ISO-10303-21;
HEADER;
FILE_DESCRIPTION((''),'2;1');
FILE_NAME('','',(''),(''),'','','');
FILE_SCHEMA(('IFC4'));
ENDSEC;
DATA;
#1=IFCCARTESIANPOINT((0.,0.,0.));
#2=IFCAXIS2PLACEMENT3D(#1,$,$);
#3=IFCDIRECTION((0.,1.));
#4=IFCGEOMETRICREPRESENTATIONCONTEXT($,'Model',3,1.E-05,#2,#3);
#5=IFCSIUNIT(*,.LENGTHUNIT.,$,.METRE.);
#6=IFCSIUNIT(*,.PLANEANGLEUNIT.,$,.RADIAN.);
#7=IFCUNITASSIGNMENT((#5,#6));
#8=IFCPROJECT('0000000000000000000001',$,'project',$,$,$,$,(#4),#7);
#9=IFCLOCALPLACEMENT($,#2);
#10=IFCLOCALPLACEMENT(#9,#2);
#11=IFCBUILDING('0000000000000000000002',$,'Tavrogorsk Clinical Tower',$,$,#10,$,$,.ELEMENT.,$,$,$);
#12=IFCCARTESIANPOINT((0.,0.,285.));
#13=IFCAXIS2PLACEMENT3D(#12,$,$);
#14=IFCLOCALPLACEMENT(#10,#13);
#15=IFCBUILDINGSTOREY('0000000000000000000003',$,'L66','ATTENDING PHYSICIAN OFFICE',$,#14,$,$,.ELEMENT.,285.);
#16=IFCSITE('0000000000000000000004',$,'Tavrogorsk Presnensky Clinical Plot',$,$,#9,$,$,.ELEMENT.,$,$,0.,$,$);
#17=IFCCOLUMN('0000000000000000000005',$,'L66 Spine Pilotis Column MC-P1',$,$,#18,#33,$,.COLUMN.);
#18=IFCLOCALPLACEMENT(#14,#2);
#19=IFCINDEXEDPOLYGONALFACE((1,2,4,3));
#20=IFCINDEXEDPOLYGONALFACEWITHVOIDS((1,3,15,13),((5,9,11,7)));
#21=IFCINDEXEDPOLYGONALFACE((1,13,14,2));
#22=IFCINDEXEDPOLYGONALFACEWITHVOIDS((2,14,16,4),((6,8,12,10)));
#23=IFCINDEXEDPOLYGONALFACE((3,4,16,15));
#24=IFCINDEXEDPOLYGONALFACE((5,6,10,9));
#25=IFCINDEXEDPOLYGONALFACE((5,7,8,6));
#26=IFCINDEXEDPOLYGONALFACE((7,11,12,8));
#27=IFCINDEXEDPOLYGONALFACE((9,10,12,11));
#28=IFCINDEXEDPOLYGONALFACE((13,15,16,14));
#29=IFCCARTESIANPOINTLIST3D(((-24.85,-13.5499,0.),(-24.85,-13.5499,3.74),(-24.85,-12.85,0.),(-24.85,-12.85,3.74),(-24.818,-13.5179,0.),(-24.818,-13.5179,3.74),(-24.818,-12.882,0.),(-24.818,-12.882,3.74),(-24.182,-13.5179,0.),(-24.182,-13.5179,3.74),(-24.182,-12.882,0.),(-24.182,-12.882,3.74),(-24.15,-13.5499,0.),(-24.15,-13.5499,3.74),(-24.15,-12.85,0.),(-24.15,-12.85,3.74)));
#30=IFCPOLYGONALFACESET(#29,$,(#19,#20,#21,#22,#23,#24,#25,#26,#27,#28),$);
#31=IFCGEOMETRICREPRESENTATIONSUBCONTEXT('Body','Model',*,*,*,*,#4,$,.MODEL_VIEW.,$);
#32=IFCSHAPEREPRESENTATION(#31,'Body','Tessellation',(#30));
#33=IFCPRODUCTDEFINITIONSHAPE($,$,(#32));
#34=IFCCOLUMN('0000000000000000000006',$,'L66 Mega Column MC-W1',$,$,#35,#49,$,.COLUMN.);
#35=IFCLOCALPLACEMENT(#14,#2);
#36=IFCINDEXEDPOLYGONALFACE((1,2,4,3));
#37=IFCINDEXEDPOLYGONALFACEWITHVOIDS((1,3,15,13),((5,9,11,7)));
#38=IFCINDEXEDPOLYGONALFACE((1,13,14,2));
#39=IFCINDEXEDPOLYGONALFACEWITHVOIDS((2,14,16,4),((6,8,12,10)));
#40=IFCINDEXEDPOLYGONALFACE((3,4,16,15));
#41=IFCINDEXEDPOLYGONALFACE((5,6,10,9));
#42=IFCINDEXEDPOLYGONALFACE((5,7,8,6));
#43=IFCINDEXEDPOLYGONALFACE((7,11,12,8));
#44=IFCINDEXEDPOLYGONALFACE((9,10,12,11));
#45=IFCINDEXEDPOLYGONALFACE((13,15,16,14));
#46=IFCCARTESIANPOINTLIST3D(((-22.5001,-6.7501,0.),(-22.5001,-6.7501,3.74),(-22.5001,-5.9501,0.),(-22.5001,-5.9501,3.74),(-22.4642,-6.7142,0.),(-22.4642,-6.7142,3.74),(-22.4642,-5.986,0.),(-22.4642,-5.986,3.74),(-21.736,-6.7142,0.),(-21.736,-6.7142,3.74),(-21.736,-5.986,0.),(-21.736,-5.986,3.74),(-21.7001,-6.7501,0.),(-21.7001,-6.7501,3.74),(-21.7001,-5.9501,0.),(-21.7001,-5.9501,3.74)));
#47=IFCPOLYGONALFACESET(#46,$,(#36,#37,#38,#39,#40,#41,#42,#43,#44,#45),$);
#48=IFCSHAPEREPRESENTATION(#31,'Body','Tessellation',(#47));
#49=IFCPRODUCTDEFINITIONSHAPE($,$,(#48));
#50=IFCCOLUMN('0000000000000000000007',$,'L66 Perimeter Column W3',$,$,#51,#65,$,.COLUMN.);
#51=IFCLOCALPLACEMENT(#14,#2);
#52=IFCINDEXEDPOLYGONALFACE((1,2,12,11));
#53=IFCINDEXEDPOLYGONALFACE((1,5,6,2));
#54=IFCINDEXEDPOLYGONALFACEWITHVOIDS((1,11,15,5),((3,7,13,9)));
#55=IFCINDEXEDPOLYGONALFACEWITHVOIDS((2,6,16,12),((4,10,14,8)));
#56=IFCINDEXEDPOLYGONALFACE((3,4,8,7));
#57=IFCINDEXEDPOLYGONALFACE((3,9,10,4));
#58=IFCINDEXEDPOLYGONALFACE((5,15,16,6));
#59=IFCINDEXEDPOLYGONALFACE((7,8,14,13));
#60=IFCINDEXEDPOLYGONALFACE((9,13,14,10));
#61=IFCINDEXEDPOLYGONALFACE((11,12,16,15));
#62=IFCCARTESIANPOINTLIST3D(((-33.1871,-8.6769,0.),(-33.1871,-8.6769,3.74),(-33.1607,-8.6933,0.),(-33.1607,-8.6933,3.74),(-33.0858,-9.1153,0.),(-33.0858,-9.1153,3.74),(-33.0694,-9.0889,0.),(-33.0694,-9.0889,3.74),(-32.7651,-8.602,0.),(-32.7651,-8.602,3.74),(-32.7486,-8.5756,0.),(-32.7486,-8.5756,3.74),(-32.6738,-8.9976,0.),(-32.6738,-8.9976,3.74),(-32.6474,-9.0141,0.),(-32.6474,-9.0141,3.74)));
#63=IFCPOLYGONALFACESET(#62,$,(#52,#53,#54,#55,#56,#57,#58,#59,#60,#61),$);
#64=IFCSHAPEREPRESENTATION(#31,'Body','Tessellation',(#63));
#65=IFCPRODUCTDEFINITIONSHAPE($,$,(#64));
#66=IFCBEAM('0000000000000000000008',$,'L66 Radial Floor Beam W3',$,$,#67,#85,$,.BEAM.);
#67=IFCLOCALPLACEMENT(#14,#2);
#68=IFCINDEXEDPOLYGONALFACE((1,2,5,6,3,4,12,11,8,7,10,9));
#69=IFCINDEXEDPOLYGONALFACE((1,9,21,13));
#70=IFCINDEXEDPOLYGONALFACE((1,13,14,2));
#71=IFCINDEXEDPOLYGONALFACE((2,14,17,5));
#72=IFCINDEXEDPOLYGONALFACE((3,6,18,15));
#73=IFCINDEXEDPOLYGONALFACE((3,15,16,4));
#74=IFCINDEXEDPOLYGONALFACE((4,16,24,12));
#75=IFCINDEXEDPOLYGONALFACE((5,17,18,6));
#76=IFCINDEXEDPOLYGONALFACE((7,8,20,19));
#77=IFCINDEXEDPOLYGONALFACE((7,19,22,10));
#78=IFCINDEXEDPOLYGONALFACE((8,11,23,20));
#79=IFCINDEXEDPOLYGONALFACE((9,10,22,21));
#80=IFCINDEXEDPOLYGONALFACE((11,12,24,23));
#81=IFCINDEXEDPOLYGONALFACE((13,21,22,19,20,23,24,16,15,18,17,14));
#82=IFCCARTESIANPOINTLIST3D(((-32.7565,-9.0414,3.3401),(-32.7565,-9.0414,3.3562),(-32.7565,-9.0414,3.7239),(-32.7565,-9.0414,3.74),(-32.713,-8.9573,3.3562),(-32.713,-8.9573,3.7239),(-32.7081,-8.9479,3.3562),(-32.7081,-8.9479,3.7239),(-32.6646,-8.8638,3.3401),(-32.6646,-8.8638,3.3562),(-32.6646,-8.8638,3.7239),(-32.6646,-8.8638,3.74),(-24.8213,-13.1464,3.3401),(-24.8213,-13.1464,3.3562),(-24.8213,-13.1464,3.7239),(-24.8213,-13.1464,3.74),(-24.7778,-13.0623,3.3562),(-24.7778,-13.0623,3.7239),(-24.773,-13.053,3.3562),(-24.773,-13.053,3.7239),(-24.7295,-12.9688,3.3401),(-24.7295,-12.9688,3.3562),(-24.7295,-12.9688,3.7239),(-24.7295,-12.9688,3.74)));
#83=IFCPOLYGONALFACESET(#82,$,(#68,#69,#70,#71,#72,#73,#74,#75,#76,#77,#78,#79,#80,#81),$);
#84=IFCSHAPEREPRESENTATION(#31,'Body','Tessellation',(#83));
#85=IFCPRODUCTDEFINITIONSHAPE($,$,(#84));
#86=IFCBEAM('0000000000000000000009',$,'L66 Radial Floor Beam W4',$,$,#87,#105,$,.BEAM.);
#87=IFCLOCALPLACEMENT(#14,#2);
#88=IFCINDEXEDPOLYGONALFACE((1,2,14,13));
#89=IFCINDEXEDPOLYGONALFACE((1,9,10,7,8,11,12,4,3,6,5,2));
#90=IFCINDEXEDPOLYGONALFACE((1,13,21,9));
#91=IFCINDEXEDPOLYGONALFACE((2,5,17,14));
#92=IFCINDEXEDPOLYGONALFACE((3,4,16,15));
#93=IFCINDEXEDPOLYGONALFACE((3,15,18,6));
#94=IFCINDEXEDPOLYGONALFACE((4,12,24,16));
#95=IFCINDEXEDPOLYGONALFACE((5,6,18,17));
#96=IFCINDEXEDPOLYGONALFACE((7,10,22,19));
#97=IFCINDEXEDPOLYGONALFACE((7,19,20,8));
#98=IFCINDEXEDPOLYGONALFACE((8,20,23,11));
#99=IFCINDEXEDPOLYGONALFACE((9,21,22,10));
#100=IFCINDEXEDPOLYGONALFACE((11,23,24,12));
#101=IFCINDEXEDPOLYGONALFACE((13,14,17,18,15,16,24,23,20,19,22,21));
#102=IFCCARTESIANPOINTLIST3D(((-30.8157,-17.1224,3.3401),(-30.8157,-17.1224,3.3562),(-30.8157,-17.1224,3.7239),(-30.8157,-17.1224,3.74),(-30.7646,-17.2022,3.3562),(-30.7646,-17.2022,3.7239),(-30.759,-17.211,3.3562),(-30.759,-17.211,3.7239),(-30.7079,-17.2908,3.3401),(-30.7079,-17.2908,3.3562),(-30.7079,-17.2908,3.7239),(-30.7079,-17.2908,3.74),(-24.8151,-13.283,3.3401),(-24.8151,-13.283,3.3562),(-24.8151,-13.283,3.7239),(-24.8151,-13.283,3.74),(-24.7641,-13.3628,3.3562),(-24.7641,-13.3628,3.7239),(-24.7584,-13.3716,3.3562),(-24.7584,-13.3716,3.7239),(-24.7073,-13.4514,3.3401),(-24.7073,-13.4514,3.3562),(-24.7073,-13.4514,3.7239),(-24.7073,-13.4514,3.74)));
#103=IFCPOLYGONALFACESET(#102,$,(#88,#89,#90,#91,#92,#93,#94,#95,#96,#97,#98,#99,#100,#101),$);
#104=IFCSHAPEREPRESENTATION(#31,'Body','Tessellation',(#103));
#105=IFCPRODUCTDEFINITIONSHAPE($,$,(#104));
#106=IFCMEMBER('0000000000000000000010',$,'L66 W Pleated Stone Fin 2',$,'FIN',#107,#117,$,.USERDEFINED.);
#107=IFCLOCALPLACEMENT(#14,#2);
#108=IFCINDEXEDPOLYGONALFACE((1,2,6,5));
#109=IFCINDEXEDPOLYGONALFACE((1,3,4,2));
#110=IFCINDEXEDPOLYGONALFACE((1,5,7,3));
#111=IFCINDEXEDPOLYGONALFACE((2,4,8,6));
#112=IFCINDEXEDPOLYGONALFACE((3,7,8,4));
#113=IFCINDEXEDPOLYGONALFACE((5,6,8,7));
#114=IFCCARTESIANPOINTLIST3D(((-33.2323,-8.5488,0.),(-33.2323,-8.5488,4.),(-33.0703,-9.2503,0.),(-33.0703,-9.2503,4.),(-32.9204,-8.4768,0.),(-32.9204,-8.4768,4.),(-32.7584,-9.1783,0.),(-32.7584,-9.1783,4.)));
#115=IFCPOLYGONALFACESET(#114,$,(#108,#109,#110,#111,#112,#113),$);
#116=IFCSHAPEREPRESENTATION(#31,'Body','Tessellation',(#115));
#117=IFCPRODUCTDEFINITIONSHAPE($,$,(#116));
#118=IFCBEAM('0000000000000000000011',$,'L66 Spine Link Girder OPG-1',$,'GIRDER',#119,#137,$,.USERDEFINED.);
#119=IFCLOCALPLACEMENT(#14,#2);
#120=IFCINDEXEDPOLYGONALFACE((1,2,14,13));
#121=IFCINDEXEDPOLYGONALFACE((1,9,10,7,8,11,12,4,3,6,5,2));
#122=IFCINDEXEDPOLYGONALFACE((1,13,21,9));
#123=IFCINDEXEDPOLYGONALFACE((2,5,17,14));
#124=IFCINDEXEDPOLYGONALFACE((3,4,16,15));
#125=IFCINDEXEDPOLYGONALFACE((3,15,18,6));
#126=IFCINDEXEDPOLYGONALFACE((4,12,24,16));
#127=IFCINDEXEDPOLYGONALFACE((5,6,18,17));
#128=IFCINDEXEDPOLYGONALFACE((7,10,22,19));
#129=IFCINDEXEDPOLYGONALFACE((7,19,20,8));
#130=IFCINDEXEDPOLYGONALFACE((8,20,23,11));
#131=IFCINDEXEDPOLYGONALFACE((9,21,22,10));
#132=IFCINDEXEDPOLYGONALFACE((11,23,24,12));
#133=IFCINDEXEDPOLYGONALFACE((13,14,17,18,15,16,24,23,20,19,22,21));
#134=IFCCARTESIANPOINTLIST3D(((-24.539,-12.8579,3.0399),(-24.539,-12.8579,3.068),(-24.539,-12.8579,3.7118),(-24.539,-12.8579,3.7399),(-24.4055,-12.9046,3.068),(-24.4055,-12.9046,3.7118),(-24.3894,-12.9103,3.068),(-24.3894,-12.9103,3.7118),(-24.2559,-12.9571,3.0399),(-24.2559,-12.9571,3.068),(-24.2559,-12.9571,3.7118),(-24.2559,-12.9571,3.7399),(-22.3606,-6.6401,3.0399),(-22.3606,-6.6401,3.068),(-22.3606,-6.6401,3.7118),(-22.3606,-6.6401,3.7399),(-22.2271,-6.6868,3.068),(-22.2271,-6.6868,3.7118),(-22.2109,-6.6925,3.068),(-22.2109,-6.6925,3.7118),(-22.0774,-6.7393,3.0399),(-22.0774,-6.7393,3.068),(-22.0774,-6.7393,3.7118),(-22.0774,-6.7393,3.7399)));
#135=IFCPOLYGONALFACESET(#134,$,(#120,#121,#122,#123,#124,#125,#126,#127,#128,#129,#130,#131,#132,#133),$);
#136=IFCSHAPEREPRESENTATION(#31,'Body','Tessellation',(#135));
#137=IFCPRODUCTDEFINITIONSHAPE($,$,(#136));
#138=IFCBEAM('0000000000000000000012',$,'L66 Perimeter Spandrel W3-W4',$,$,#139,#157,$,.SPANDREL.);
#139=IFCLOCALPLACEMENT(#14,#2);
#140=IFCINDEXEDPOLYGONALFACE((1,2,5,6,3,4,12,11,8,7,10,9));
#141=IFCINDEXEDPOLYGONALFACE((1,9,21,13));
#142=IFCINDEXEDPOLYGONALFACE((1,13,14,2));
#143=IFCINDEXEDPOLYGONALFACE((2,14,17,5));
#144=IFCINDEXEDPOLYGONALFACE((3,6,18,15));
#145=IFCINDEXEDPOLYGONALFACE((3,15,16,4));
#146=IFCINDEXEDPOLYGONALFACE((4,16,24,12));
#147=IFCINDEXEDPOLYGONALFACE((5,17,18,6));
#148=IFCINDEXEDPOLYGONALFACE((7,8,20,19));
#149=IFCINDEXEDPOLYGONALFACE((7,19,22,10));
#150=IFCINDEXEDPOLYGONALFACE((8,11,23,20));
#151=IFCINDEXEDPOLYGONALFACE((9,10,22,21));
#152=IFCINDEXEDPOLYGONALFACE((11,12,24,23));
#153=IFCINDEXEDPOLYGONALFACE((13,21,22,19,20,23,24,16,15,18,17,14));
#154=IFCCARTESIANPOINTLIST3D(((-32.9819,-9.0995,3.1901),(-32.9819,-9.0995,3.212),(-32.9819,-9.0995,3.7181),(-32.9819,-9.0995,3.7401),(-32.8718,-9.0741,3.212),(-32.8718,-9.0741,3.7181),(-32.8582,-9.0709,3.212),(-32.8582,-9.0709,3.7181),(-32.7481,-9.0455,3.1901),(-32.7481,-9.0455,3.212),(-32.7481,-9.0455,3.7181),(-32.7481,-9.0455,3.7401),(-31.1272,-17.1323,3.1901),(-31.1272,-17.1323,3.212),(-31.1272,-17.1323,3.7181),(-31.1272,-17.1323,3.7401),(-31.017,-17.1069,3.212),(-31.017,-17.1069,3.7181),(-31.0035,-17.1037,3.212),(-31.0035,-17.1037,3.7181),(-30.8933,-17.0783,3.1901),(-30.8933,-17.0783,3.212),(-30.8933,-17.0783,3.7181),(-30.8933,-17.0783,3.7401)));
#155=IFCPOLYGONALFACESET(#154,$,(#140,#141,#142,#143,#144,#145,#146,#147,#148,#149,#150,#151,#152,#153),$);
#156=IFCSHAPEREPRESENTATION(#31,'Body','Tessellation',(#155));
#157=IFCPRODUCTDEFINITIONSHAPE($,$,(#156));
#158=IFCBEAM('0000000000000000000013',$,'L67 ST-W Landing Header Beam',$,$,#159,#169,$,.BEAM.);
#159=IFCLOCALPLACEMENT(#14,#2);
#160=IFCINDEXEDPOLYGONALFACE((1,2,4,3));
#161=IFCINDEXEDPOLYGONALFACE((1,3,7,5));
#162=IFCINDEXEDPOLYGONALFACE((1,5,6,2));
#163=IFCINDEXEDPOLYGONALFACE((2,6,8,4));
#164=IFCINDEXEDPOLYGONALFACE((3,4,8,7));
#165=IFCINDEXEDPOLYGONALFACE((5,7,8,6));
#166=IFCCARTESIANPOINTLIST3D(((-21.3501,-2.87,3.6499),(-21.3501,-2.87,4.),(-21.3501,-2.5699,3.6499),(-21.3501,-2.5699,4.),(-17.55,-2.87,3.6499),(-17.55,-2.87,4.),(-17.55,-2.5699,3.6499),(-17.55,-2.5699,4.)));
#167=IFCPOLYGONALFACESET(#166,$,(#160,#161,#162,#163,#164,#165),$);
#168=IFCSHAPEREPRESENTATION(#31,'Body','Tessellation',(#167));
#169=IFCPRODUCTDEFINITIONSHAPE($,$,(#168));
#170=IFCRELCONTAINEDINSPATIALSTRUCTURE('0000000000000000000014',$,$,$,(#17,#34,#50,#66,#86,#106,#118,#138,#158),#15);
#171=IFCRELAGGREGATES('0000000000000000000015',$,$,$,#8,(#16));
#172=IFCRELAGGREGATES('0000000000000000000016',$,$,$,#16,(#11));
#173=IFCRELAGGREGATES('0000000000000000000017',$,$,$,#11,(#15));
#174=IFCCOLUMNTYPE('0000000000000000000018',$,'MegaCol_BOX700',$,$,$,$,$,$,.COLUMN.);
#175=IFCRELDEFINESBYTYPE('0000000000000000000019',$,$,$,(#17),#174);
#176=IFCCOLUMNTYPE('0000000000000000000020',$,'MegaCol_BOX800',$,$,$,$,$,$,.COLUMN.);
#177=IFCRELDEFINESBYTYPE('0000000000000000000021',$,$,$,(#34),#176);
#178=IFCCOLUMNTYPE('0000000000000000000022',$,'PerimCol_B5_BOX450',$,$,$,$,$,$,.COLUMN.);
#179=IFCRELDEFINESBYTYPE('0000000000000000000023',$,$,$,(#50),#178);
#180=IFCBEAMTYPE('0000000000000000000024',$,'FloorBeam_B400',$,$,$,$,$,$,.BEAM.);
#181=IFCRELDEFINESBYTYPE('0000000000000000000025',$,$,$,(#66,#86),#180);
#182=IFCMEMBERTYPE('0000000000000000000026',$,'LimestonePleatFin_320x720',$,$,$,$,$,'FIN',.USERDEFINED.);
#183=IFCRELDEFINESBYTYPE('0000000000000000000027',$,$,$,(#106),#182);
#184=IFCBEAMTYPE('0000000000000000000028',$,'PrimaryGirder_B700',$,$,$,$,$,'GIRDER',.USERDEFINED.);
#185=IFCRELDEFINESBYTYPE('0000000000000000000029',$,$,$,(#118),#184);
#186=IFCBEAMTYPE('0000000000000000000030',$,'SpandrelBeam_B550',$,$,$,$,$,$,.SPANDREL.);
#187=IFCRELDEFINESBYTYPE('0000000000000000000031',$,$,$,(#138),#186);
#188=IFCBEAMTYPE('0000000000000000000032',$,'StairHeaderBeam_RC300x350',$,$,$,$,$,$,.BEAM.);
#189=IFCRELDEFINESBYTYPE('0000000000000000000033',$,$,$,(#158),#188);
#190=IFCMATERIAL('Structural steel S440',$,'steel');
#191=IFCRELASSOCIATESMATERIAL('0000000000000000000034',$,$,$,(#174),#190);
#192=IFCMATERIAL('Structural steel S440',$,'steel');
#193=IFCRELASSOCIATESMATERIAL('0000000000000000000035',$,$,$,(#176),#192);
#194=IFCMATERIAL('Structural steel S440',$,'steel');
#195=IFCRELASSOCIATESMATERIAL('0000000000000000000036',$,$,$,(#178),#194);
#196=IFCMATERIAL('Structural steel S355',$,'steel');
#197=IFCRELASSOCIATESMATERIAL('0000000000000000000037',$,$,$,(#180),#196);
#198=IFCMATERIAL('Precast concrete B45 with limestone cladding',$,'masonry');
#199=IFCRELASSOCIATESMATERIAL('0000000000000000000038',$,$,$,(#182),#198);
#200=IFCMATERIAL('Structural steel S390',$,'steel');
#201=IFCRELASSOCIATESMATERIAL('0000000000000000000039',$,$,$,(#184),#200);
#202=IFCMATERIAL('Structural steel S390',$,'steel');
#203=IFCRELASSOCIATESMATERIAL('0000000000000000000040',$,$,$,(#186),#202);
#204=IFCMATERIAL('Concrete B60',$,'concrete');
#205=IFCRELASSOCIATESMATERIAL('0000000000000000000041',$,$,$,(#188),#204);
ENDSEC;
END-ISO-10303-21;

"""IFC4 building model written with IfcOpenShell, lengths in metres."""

from ifc_helpers import new_model, si_unit, direction, frame, origin, origin_2d, place, context, subcontext, project, spatial, rectangle, hollow_rectangle, i_section, extrude, material, material_profile, profile_set, type_object, element, save


model = new_model("IFC4")

# Units and contexts
model_context = context("Model", 3, precision=1e-05, world=origin(), true_north=direction((0.0, 1.0)))
body_context = subcontext(model_context, "Body", "Model", "MODEL_VIEW")
ifc_project = project(units=[si_unit("LENGTHUNIT", "METRE"), si_unit("PLANEANGLEUNIT", "RADIAN")], contexts=[model_context])

# Site, building, storey
site_placement = place(None, origin())
site = spatial("IfcSite", under=ifc_project, at=site_placement, Name="Tavrogorsk Presnensky Clinical Plot", CompositionType="ELEMENT", RefElevation=0.0)
building_placement = place(site_placement, origin())
building = spatial("IfcBuilding", under=site, at=building_placement, Name="Tavrogorsk Clinical Tower", CompositionType="ELEMENT")
storey_placement = place(building_placement, frame((0.0, 0.0, 285.0)))
storey = spatial("IfcBuildingStorey", under=building, at=storey_placement, Name="L66", Description="ATTENDING PHYSICIAN OFFICE", CompositionType="ELEMENT", Elevation=285.0)

# Columns
ifc_material_1 = material(Name="Structural steel S440", Category="steel")
ifc_material_profile_1 = material_profile(ifc_material_1, hollow_rectangle(XDim=0.7, YDim=0.7, WallThickness=0.032, at=origin_2d()), Name="BOX-700x700x32")
ifc_profile_set_1 = profile_set([ifc_material_profile_1], Name="Structural steel S440")
column_type_1 = type_object("IfcColumnType", Name="MegaCol_BOX700", PredefinedType="COLUMN", material=ifc_profile_set_1)
column_1_placement = place(storey_placement, frame((-24.5, -13.2, 0.0), z_axis=(0.0, 0.0, 1.0), x_axis=(1.0, 0.0, 0.0)))
element("IfcColumn", 1, at=column_1_placement, inside=storey, type_object=column_type_1, Name="L66 Spine Pilotis Column MC-P1", PredefinedType="COLUMN", context=body_context, shape_type="SweptSolid", body=[
    extrude(hollow_rectangle(XDim=0.7, YDim=0.7, WallThickness=0.032, at=origin_2d()), origin(), (0.0, 0.0, 1.0), 3.74),
])
ifc_material_2 = material(Name="Structural steel S440", Category="steel")
ifc_material_profile_2 = material_profile(ifc_material_2, hollow_rectangle(XDim=0.8, YDim=0.8, WallThickness=0.0359, at=origin_2d()), Name="BOX-800x800x36")
ifc_profile_set_2 = profile_set([ifc_material_profile_2], Name="Structural steel S440")
column_type_2 = type_object("IfcColumnType", Name="MegaCol_BOX800", PredefinedType="COLUMN", material=ifc_profile_set_2)
column_2_placement = place(storey_placement, frame((-22.1001, -6.3501, 0.0), z_axis=(0.0, 0.0, 1.0), x_axis=(1.0, 0.0, 0.0)))
element("IfcColumn", 2, at=column_2_placement, inside=storey, type_object=column_type_2, Name="L66 Mega Column MC-W1", PredefinedType="COLUMN", context=body_context, shape_type="SweptSolid", body=[
    extrude(hollow_rectangle(XDim=0.8, YDim=0.8, WallThickness=0.0359, at=origin_2d()), origin(), (0.0, 0.0, 1.0), 3.74),
])
ifc_material_3 = material(Name="Structural steel S440", Category="steel")
ifc_material_profile_3 = material_profile(ifc_material_3, hollow_rectangle(XDim=0.45, YDim=0.45, WallThickness=0.022, at=origin_2d()), Name="BOX-450x450x22")
ifc_profile_set_3 = profile_set([ifc_material_profile_3], Name="Structural steel S440")
column_type_3 = type_object("IfcColumnType", Name="PerimCol_B5_BOX450", PredefinedType="COLUMN", material=ifc_profile_set_3)
column_3_placement = place(storey_placement, frame((-32.9172, -8.8455, 0.0), z_axis=(0.0, 0.0, 1.0), x_axis=(0.97437, 0.224951, 0.0)))
element("IfcColumn", 3, at=column_3_placement, inside=storey, type_object=column_type_3, Name="L66 Perimeter Column W3", PredefinedType="COLUMN", context=body_context, shape_type="SweptSolid", body=[
    extrude(hollow_rectangle(XDim=0.45, YDim=0.45, WallThickness=0.022, at=origin_2d()), origin(), (0.0, 0.0, 1.0), 3.74),
])

# Beams
ifc_material_4 = material(Name="Structural steel S355", Category="steel")
ifc_material_profile_4 = material_profile(ifc_material_4, i_section(OverallWidth=0.2, OverallDepth=0.3999, WebThickness=0.0105, FlangeThickness=0.0161, at=origin_2d()), Name="B-400x200x10.5x16")
ifc_profile_set_4 = profile_set([ifc_material_profile_4], Name="Structural steel S355")
beam_type_1 = type_object("IfcBeamType", Name="FloorBeam_B400", PredefinedType="BEAM", material=ifc_profile_set_4)
beam_1_placement = place(storey_placement, frame((-24.7754, -13.0576, 3.54), z_axis=(-0.888188, 0.459479, 0.0), x_axis=(-0.459479, -0.888188, 0.0)))
element("IfcBeam", 4, at=beam_1_placement, inside=storey, type_object=beam_type_1, Name="L66 Radial Floor Beam W3", PredefinedType="BEAM", context=body_context, shape_type="SweptSolid", body=[
    extrude(i_section(OverallWidth=0.2, OverallDepth=0.3999, WebThickness=0.0105, FlangeThickness=0.0161, at=origin_2d()), origin(), (0.0, 0.0, 1.0), 8.9341),
])
beam_2_placement = place(storey_placement, frame((-24.7612, -13.3672, 3.54), z_axis=(-0.842332, -0.538958, 0.0), x_axis=(0.538958, -0.842332, 0.0)))
element("IfcBeam", 5, at=beam_2_placement, inside=storey, type_object=beam_type_1, Name="L66 Radial Floor Beam W4", PredefinedType="BEAM", context=body_context, shape_type="SweptSolid", body=[
    extrude(i_section(OverallWidth=0.2, OverallDepth=0.3999, WebThickness=0.0105, FlangeThickness=0.0161, at=origin_2d()), origin(), (0.0, 0.0, 1.0), 7.1238),
])

# Member
ifc_material_5 = material(Name="Precast concrete B45 with limestone cladding", Category="masonry")
ifc_material_profile_5 = material_profile(ifc_material_5, rectangle(XDim=0.3201, YDim=0.72, at=origin_2d()), Name="LIMESTONE-FIN-320x720")
ifc_profile_set_5 = profile_set([ifc_material_profile_5], Name="Precast concrete B45 with limestone cladding")
member_type = type_object("IfcMemberType", Name="LimestonePleatFin_320x720", ElementType="FIN", PredefinedType="USERDEFINED", material=ifc_profile_set_5)
member_placement = place(storey_placement, frame((-32.9954, -8.8635, 0.0), z_axis=(0.0, 0.0, 1.0), x_axis=(0.97437, 0.224951, 0.0)))
element("IfcMember", 6, at=member_placement, inside=storey, type_object=member_type, Name="L66 W Pleated Stone Fin 2", ObjectType="FIN", PredefinedType="USERDEFINED", context=body_context, shape_type="SweptSolid", body=[
    extrude(rectangle(XDim=0.3201, YDim=0.72, at=origin_2d()), origin(), (0.0, 0.0, 1.0), 4.0),
])

# Beams
ifc_material_6 = material(Name="Structural steel S390", Category="steel")
ifc_material_profile_6 = material_profile(ifc_material_6, i_section(OverallWidth=0.3, OverallDepth=0.7, WebThickness=0.0171, FlangeThickness=0.0281, at=origin_2d()), Name="B-700x300x17x28")
ifc_profile_set_6 = profile_set([ifc_material_profile_6], Name="Structural steel S390")
beam_type_2 = type_object("IfcBeamType", Name="PrimaryGirder_B700", ElementType="GIRDER", PredefinedType="USERDEFINED", material=ifc_profile_set_6)
beam_3_placement = place(storey_placement, frame((-24.3975, -12.9075, 3.3899), z_axis=(0.330654, 0.943752, 0.0), x_axis=(-0.943752, 0.330654, 0.0)))
element("IfcBeam", 7, at=beam_3_placement, inside=storey, type_object=beam_type_2, Name="L66 Spine Link Girder OPG-1", ObjectType="GIRDER", PredefinedType="USERDEFINED", context=body_context, shape_type="SweptSolid", body=[
    extrude(i_section(OverallWidth=0.3, OverallDepth=0.7, WebThickness=0.0171, FlangeThickness=0.0281, at=origin_2d()), origin(), (0.0, 0.0, 1.0), 6.5884),
])
ifc_material_7 = material(Name="Structural steel S390", Category="steel")
ifc_material_profile_7 = material_profile(ifc_material_7, i_section(OverallWidth=0.24, OverallDepth=0.55, WebThickness=0.0139, FlangeThickness=0.022, at=origin_2d()), Name="B-550x240x14x22")
ifc_profile_set_7 = profile_set([ifc_material_profile_7], Name="Structural steel S390")
beam_type_3 = type_object("IfcBeamType", Name="SpandrelBeam_B550", PredefinedType="SPANDREL", material=ifc_profile_set_7)
beam_4_placement = place(storey_placement, frame((-32.865, -9.0725, 3.4651), z_axis=(0.224978, -0.974364, 0.0), x_axis=(0.974364, 0.224978, 0.0)))
element("IfcBeam", 8, at=beam_4_placement, inside=storey, type_object=beam_type_3, Name="L66 Perimeter Spandrel W3-W4", PredefinedType="SPANDREL", context=body_context, shape_type="SweptSolid", body=[
    extrude(i_section(OverallWidth=0.24, OverallDepth=0.55, WebThickness=0.0139, FlangeThickness=0.022, at=origin_2d()), origin(), (0.0, 0.0, 1.0), 8.2441),
])
ifc_material_8 = material(Name="Concrete B60", Category="concrete")
ifc_material_profile_8 = material_profile(ifc_material_8, rectangle(XDim=0.3, YDim=0.3501, at=origin_2d()), Name="RC-SHB-300x350")
ifc_profile_set_8 = profile_set([ifc_material_profile_8], Name="Concrete B60")
beam_type_4 = type_object("IfcBeamType", Name="StairHeaderBeam_RC300x350", PredefinedType="BEAM", material=ifc_profile_set_8)
beam_5_placement = place(storey_placement, frame((-21.3501, -2.72, 3.825), z_axis=(1.0, 0.0, 0.0), x_axis=(0.0, 1.0, 0.0)))
element("IfcBeam", 9, at=beam_5_placement, inside=storey, type_object=beam_type_4, Name="L67 ST-W Landing Header Beam", PredefinedType="BEAM", context=body_context, shape_type="SweptSolid", body=[
    extrude(rectangle(XDim=0.3, YDim=0.3501, at=origin_2d()), origin(), (0.0, 0.0, 1.0), 3.8),
])

save(model, "model.ifc")
